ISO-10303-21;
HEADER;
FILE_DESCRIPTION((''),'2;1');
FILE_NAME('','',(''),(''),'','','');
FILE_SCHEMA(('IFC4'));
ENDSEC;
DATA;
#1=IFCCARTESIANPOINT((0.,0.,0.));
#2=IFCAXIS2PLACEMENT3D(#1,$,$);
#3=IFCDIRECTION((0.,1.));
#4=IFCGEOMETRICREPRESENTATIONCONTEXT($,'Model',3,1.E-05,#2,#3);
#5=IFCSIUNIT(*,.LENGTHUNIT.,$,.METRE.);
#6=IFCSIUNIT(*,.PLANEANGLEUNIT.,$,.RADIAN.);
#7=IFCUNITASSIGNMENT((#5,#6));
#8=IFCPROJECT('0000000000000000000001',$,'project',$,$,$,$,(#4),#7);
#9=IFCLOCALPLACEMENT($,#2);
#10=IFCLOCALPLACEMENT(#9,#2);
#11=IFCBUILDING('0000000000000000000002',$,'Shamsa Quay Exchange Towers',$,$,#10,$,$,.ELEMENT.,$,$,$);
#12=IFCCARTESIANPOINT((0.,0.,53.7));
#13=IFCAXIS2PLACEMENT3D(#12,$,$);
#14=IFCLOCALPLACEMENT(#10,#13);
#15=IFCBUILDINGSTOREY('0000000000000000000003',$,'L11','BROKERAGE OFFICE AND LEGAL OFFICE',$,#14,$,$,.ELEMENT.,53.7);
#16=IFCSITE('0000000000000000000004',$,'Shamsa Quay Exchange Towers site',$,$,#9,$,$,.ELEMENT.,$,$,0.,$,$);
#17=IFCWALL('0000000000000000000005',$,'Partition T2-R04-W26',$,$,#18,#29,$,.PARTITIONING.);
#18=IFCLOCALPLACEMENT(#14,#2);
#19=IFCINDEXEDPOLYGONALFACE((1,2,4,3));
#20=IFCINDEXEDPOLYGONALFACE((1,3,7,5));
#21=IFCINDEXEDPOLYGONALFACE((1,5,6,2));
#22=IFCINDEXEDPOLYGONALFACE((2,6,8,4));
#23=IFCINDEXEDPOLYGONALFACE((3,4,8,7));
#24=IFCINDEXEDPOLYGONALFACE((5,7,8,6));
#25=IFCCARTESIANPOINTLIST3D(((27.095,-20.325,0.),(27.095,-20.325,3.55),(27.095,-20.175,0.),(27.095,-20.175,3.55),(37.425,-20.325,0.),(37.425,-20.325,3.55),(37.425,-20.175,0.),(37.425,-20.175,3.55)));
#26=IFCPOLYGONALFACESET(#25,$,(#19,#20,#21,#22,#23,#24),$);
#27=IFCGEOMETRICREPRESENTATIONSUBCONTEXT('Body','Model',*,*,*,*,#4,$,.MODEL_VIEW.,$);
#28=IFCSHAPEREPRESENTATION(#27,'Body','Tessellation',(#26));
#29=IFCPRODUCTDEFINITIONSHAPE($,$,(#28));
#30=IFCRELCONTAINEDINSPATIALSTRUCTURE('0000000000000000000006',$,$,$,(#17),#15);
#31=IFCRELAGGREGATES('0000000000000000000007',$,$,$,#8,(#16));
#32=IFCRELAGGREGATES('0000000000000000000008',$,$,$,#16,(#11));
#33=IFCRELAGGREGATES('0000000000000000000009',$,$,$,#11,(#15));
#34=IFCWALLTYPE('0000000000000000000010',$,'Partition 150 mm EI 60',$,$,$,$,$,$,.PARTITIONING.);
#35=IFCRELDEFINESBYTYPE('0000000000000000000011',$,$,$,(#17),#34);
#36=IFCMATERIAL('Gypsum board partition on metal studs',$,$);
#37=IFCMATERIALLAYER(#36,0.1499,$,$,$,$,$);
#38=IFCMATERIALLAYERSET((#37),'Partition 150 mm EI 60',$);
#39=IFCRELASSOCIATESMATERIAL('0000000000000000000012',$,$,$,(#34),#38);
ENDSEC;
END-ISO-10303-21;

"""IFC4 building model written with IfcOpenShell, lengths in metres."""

from ifc_helpers import new_model, si_unit, direction, frame, frame_2d, origin, place, context, subcontext, project, spatial, rectangle, extrude, material, layer, layer_set, type_object, element, save


model = new_model("IFC4")

# Units and contexts
model_context = context("Model", 3, precision=1e-05, world=origin(), true_north=direction((0.0, 1.0)))
body_context = subcontext(model_context, "Body", "Model", "MODEL_VIEW")
ifc_project = project(units=[si_unit("LENGTHUNIT", "METRE"), si_unit("PLANEANGLEUNIT", "RADIAN")], contexts=[model_context])

# Site, building, storey
site_placement = place(None, origin())
site = spatial("IfcSite", under=ifc_project, at=site_placement, Name="Shamsa Quay Exchange Towers site", CompositionType="ELEMENT", RefElevation=0.0)
building_placement = place(site_placement, origin())
building = spatial("IfcBuilding", under=site, at=building_placement, Name="Shamsa Quay Exchange Towers", CompositionType="ELEMENT")
storey_placement = place(building_placement, frame((0.0, 0.0, 53.7)))
storey = spatial("IfcBuildingStorey", under=building, at=storey_placement, Name="L11", Description="BROKERAGE OFFICE AND LEGAL OFFICE", CompositionType="ELEMENT", Elevation=53.7)

# Shared definitions
ifc_material_1 = material(Name="Gypsum board partition on metal studs")
ifc_layer_1 = layer(ifc_material_1, 0.1499)
ifc_layer_set_1 = layer_set([ifc_layer_1], Name="Partition 150 mm EI 60")
wall_type = type_object("IfcWallType", Name="Partition 150 mm EI 60", PredefinedType="PARTITIONING", material=ifc_layer_set_1)

# Wall
wall_1_placement = place(storey_placement, frame((27.095, -20.25, 0.0)))
element("IfcWall", 1, at=wall_1_placement, inside=storey, type_object=wall_type, Name="Partition T2-R04-W26", PredefinedType="PARTITIONING", context=body_context, shape_type="SweptSolid", body=[
    extrude(rectangle(XDim=10.3301, YDim=0.1499, at=frame_2d((5.165, 0.0))), origin(), (0.0, 0.0, 1.0), 3.55),
])

save(model, "model.ifc")
